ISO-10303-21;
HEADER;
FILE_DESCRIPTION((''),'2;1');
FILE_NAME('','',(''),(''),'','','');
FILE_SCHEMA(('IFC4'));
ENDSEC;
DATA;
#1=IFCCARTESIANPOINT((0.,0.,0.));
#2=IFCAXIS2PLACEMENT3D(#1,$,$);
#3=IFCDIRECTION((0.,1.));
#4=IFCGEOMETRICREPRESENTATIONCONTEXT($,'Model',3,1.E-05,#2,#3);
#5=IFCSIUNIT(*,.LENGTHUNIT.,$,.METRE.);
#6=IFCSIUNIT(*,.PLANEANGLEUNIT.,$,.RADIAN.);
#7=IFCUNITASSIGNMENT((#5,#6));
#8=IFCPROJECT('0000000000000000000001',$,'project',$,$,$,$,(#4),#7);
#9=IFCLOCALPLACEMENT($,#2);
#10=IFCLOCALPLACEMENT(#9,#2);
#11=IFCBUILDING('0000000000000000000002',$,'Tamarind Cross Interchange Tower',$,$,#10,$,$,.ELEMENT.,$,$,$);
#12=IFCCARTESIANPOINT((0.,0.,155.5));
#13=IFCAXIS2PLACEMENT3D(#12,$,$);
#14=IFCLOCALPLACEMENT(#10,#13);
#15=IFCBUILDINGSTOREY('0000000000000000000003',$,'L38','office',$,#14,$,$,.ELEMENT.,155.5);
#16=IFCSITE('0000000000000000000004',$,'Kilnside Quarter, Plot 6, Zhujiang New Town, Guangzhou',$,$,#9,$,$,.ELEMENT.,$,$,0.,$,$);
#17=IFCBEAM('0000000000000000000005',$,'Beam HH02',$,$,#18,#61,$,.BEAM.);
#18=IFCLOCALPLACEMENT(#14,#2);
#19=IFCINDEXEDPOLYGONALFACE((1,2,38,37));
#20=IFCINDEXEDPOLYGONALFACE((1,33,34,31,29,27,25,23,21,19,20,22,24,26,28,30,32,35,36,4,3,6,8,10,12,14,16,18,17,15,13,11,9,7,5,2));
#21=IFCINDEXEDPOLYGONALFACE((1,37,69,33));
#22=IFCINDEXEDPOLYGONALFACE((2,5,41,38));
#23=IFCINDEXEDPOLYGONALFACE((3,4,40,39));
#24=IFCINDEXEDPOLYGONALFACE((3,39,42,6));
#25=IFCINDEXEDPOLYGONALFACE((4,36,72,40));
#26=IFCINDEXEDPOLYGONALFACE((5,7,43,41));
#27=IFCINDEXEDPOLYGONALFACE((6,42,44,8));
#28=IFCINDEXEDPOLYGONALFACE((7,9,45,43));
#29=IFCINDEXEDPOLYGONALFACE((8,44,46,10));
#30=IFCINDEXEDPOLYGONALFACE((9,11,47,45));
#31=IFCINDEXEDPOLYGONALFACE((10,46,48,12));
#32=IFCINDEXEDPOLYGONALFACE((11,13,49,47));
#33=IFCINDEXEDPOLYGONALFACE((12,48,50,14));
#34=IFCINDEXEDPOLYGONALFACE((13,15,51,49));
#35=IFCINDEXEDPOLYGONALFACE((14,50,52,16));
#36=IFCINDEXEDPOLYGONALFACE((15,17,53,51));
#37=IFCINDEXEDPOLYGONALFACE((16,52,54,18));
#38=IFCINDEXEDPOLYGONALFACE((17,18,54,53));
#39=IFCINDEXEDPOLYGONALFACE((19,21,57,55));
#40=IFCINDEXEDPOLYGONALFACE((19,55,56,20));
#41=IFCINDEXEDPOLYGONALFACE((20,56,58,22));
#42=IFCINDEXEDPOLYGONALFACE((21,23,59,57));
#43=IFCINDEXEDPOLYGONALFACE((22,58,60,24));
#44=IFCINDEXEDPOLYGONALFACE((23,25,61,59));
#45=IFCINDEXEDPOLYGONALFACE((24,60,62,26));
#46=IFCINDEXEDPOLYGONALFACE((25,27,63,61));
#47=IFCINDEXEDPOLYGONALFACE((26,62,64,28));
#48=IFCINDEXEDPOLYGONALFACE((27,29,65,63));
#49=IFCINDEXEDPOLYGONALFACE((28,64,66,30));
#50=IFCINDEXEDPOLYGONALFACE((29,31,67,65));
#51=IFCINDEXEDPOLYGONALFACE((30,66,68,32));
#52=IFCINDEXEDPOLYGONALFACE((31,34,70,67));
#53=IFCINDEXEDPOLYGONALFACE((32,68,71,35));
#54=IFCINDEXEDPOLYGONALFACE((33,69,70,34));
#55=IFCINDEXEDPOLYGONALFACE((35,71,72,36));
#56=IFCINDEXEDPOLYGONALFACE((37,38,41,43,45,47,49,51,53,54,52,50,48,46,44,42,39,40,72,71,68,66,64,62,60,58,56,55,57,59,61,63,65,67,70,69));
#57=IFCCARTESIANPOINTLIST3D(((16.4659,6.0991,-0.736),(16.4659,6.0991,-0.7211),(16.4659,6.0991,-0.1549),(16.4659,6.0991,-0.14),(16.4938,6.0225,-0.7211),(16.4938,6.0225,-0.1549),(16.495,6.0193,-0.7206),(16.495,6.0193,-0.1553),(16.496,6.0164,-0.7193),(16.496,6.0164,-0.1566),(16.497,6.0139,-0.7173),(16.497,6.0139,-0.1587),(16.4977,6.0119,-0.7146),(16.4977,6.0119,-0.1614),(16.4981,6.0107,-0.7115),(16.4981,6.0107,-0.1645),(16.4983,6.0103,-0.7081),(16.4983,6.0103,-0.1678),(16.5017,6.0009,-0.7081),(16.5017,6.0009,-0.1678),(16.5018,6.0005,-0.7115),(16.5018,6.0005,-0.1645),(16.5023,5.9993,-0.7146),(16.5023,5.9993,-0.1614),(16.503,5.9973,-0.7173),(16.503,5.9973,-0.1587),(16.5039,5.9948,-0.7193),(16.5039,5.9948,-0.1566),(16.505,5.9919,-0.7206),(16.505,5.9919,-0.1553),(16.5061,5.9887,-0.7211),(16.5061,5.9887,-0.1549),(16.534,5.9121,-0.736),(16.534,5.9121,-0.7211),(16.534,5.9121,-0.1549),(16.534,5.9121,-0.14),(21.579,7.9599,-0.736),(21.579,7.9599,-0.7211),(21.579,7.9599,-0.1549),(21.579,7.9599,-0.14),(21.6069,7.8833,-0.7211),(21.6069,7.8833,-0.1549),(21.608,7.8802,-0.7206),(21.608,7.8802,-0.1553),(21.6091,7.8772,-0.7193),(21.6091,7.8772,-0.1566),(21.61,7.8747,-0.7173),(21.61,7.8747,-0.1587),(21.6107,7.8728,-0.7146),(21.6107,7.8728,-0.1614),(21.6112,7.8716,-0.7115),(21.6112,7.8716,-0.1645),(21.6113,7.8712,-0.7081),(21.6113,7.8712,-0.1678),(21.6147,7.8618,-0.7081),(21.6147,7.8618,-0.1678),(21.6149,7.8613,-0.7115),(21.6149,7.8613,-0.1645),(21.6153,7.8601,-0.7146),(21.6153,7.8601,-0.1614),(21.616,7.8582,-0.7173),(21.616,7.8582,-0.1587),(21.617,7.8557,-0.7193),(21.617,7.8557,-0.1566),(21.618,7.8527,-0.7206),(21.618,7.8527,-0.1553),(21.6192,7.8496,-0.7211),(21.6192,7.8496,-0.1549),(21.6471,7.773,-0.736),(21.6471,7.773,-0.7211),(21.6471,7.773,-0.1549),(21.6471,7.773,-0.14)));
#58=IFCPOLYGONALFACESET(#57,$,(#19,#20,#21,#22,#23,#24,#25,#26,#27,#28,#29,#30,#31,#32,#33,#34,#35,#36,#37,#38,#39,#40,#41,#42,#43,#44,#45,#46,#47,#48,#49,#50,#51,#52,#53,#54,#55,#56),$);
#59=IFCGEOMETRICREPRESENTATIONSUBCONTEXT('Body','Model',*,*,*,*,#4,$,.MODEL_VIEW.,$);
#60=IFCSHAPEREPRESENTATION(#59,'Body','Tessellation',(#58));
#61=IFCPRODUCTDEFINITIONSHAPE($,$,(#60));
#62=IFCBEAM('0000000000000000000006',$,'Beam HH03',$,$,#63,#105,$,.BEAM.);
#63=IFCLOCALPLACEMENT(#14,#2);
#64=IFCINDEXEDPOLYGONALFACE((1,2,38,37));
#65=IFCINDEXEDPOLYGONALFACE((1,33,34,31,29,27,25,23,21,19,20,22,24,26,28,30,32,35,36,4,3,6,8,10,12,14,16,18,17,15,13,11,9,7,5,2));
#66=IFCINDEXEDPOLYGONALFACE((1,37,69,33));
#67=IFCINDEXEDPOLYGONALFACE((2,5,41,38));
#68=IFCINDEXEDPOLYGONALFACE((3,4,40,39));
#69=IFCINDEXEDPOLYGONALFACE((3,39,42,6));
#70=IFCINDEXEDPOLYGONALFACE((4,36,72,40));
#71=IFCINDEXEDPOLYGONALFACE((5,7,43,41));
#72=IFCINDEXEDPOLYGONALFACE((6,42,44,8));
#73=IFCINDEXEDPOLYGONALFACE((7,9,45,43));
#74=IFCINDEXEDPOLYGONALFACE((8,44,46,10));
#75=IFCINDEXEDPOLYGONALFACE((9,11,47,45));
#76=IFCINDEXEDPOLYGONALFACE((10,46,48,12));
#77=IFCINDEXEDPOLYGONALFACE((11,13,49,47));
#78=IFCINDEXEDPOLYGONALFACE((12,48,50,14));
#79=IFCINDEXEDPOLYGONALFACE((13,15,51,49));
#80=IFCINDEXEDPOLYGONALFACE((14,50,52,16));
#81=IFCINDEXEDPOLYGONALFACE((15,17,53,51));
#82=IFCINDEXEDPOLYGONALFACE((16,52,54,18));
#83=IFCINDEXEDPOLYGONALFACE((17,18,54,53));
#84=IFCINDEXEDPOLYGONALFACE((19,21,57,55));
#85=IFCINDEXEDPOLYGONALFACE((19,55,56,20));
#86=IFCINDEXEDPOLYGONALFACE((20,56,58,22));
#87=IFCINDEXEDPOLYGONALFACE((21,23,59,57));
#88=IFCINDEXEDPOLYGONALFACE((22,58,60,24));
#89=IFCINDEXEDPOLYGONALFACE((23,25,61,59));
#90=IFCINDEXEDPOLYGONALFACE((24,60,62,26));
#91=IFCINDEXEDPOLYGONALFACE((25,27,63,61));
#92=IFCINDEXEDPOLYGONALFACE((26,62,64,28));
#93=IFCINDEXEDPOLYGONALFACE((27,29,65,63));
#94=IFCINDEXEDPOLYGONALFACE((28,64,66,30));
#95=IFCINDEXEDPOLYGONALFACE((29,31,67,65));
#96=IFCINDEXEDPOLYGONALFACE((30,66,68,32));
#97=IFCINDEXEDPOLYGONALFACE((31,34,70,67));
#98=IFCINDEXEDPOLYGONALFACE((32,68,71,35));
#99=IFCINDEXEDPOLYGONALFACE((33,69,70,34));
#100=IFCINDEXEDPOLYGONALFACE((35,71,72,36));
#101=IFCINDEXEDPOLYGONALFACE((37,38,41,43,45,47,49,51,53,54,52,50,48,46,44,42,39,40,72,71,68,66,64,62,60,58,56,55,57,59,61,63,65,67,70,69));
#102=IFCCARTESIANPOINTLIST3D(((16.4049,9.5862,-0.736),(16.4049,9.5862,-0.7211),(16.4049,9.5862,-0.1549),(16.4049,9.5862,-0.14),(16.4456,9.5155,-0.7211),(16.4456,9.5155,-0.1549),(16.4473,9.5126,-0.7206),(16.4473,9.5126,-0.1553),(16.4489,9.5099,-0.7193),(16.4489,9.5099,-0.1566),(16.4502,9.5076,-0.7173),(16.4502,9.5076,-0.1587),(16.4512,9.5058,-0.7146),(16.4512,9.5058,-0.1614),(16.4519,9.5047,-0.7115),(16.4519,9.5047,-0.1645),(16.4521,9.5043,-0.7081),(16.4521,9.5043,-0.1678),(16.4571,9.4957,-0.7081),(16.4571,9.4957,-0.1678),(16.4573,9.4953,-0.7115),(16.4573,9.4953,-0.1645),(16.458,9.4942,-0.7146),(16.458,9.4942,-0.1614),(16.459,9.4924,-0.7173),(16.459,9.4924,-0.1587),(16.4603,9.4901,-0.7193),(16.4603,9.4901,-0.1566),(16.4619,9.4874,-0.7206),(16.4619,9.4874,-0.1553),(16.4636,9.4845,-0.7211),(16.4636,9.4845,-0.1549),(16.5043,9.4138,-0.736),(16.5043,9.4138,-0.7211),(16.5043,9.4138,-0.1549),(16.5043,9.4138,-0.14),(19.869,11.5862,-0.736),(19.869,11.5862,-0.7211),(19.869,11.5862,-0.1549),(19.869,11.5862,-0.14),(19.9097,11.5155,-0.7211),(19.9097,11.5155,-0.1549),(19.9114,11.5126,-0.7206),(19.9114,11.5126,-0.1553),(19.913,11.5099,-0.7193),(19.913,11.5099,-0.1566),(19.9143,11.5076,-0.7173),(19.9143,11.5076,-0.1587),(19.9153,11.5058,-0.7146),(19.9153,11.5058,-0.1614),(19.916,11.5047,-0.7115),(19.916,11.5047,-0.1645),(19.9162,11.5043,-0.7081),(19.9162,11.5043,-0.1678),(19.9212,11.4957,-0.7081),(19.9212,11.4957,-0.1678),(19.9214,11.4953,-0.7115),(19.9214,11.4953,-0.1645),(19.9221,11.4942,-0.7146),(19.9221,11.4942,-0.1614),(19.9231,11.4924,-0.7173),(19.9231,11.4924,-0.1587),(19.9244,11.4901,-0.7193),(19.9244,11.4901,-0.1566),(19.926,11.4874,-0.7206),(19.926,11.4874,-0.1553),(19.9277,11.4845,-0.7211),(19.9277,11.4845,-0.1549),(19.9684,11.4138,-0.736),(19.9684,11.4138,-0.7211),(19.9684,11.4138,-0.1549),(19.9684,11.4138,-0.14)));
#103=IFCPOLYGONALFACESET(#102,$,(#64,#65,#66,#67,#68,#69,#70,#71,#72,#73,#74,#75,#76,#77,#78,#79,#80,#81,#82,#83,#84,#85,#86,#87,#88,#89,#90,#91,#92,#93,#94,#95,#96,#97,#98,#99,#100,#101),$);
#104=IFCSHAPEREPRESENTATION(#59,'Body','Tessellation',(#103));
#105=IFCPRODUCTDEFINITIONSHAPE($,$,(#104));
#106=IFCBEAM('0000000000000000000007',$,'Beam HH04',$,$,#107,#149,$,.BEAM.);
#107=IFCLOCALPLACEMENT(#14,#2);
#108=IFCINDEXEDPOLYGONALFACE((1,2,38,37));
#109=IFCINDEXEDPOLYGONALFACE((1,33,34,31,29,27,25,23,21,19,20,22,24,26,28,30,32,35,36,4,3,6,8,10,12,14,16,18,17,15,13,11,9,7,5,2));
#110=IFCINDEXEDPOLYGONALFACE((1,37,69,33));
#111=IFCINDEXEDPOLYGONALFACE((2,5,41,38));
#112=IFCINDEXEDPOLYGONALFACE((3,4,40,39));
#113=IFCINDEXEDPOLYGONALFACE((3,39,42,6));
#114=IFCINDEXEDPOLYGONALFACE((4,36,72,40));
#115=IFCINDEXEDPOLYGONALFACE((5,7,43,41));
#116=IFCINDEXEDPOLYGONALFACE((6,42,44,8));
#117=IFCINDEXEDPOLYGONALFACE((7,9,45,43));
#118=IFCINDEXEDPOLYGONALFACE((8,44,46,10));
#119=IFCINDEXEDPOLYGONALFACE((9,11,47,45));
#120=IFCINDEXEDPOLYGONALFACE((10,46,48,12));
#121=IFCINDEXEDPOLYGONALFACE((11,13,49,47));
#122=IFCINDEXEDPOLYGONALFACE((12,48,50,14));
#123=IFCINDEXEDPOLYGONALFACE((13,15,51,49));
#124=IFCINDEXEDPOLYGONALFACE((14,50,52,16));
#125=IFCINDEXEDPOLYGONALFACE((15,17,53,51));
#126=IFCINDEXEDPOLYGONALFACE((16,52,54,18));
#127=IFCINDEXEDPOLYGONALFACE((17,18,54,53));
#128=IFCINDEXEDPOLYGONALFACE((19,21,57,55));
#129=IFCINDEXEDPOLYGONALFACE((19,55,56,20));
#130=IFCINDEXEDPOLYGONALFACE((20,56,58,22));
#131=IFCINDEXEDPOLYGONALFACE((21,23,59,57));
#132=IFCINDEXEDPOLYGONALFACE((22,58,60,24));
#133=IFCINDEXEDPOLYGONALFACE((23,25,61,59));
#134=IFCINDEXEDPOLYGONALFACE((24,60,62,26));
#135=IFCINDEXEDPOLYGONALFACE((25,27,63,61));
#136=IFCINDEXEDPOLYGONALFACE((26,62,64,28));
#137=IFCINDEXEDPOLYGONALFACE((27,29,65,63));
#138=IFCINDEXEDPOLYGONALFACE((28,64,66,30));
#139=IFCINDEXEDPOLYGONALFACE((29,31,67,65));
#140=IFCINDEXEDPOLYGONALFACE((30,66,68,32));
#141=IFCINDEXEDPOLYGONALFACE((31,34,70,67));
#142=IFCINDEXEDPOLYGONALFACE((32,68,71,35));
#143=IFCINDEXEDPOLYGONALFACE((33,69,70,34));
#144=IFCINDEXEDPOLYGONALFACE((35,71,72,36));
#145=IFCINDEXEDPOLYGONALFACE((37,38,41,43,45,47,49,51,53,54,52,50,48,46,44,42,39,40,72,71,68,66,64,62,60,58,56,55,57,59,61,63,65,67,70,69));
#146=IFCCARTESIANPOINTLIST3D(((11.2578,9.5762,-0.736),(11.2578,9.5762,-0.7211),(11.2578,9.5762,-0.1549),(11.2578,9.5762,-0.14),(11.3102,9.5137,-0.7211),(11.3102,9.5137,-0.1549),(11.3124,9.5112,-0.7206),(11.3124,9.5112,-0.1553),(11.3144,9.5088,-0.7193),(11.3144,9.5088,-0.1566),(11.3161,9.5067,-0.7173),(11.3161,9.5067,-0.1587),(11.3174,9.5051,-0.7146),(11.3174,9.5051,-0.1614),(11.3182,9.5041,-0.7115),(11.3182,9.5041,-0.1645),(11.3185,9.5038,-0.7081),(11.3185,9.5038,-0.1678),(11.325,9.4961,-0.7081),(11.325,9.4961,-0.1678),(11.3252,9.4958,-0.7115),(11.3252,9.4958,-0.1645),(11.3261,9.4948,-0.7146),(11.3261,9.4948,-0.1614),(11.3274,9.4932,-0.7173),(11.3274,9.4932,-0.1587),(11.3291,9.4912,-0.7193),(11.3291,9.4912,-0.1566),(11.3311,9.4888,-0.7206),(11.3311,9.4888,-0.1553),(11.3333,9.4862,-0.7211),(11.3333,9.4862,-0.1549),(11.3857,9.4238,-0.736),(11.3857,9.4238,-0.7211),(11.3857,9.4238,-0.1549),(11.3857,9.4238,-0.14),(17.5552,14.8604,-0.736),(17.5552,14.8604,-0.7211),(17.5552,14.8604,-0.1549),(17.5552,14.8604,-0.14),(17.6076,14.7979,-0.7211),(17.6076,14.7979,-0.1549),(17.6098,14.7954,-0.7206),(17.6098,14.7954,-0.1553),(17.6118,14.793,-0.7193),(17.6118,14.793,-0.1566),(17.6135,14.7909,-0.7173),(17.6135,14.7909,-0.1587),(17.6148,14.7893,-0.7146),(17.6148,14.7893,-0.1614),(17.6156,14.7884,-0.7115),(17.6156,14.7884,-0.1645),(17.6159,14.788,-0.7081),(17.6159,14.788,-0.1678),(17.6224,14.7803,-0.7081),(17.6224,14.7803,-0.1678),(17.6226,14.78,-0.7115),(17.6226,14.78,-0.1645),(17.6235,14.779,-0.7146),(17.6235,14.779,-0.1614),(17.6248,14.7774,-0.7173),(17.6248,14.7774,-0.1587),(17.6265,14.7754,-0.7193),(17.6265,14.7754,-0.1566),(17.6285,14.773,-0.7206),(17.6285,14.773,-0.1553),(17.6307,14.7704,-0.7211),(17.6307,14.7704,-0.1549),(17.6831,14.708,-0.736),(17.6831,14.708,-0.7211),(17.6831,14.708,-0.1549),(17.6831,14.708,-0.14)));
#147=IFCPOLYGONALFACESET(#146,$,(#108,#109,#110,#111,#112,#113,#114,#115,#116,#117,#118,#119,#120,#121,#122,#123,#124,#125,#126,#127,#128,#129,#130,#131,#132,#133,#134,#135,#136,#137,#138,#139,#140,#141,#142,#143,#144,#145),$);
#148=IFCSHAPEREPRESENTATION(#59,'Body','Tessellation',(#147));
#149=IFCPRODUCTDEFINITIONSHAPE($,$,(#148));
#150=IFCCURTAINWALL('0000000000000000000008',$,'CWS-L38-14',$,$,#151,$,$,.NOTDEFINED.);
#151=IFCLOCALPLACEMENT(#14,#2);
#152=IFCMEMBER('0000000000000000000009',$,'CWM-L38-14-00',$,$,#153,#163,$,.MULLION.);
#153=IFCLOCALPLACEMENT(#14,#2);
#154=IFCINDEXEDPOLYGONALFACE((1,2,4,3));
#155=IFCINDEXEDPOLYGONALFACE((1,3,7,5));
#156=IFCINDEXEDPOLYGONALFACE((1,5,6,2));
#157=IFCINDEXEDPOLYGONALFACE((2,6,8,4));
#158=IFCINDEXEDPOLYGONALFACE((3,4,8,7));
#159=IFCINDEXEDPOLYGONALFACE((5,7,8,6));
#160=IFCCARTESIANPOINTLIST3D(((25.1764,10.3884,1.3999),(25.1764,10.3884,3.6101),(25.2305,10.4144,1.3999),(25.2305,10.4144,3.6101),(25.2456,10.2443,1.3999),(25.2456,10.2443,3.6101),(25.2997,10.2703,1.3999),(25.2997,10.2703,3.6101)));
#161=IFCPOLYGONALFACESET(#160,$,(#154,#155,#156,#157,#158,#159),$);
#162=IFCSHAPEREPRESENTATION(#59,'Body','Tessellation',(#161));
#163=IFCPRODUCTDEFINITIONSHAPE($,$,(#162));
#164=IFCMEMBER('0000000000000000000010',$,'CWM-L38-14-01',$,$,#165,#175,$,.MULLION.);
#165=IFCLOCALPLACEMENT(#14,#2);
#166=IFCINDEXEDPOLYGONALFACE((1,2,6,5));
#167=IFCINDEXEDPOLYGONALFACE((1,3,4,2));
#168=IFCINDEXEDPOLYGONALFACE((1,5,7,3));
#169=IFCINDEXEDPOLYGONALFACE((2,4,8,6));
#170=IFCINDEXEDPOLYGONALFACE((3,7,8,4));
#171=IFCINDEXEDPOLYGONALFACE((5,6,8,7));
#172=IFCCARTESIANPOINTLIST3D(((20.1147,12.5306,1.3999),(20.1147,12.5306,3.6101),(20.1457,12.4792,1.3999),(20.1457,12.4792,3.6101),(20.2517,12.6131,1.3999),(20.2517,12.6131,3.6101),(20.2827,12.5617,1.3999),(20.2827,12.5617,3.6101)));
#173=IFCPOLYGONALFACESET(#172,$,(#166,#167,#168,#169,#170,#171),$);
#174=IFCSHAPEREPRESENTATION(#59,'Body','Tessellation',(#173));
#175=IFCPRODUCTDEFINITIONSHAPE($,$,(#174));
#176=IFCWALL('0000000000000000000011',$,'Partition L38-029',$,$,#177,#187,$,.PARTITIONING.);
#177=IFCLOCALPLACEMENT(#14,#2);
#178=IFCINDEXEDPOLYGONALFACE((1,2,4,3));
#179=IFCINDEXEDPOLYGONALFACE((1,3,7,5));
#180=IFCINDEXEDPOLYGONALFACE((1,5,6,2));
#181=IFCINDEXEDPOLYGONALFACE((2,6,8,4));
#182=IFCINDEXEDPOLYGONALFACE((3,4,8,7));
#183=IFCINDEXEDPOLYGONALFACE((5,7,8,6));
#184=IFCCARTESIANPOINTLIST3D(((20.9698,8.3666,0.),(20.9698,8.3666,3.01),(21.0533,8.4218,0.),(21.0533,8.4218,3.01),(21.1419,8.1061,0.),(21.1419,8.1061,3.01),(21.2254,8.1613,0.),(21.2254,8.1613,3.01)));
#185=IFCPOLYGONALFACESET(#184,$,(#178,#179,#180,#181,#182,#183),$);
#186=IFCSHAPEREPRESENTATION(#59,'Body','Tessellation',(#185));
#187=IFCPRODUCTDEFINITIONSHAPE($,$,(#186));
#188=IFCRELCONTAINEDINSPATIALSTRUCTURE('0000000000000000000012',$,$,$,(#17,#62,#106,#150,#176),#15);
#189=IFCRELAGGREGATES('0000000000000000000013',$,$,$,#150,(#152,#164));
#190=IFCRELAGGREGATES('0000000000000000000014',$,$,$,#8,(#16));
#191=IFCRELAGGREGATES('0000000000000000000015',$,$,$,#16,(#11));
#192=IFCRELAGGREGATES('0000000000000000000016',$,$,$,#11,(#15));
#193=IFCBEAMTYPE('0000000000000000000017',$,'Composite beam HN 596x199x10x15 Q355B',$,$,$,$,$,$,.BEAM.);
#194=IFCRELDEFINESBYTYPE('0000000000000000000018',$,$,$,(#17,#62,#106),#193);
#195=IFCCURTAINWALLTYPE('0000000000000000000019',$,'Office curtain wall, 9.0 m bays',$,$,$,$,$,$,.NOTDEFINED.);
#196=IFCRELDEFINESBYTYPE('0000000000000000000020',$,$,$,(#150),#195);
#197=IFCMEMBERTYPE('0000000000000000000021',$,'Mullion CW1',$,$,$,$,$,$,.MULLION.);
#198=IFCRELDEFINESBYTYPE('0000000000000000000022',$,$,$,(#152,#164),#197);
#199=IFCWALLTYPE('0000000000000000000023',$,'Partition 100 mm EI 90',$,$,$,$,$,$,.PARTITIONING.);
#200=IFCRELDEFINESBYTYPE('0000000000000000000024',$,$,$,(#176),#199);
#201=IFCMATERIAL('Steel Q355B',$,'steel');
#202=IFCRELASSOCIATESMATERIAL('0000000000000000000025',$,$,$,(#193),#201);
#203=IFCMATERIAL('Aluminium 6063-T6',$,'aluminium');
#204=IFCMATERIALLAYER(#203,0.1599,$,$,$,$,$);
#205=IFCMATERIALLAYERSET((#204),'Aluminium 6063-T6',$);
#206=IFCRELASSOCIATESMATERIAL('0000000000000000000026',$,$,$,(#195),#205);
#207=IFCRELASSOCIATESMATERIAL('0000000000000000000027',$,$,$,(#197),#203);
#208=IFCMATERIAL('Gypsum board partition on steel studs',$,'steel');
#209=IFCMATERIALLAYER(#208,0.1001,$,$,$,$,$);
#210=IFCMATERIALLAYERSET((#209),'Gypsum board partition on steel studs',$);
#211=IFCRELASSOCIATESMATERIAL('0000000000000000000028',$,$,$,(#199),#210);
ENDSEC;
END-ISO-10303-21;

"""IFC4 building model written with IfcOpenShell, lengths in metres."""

from ifc_helpers import new_model, si_unit, direction, frame, frame_2d, origin, origin_2d, place, context, subcontext, project, spatial, rectangle, i_section, extrude, material, layer, layer_set, material_profile, profile_set, type_object, element, aggregate, save


model = new_model("IFC4")

# Units and contexts
model_context = context("Model", 3, precision=1e-05, world=origin(), true_north=direction((0.0, 1.0)))
body_context = subcontext(model_context, "Body", "Model", "MODEL_VIEW")
ifc_project = project(units=[si_unit("LENGTHUNIT", "METRE"), si_unit("PLANEANGLEUNIT", "RADIAN")], contexts=[model_context])

# Site, building, storey
site_placement = place(None, origin())
site = spatial("IfcSite", under=ifc_project, at=site_placement, Name="Kilnside Quarter, Plot 6, Zhujiang New Town, Guangzhou", CompositionType="ELEMENT", RefElevation=0.0)
building_placement = place(site_placement, origin())
building = spatial("IfcBuilding", under=site, at=building_placement, Name="Tamarind Cross Interchange Tower", CompositionType="ELEMENT")
storey_placement = place(building_placement, frame((0.0, 0.0, 155.5)))
storey = spatial("IfcBuildingStorey", under=building, at=storey_placement, Name="L38", Description="office", CompositionType="ELEMENT", Elevation=155.5)

# Beams
ifc_material_1 = material(Name="Steel Q355B", Category="steel")
ifc_material_profile_1 = material_profile(ifc_material_1, i_section(OverallWidth=0.199, OverallDepth=0.5959, WebThickness=0.01, FlangeThickness=0.0149, FilletRadius=0.0129, at=origin_2d()), Name="HN 596x199x10x15")
ifc_profile_set_1 = profile_set([ifc_material_profile_1], Name="Steel Q355B")
beam_type_1 = type_object("IfcBeamType", Name="Composite beam HN 596x199x10x15 Q355B", PredefinedType="BEAM", material=ifc_profile_set_1)
beam_1_placement = place(storey_placement, frame((21.613, 7.8665, -0.438), z_axis=(-0.939702, -0.341995, 0.0), x_axis=(0.341995, -0.939702, 0.0)))
element("IfcBeam", 1, at=beam_1_placement, inside=storey, type_object=beam_type_1, Name="Beam HH02", PredefinedType="BEAM", context=body_context, shape_type="SweptSolid", body=[
    extrude(i_section(OverallWidth=0.199, OverallDepth=0.5959, WebThickness=0.01, FlangeThickness=0.0149, FilletRadius=0.0129, at=origin_2d()), origin(), (0.0, 0.0, 1.0), 5.4412),
])
beam_2_placement = place(storey_placement, frame((19.9187, 11.5, -0.438), z_axis=(-0.866026, -0.499999, 0.0), x_axis=(0.499999, -0.866026, 0.0)))
element("IfcBeam", 2, at=beam_2_placement, inside=storey, type_object=beam_type_1, Name="Beam HH03", PredefinedType="BEAM", context=body_context, shape_type="SweptSolid", body=[
    extrude(i_section(OverallWidth=0.199, OverallDepth=0.5959, WebThickness=0.01, FlangeThickness=0.0149, FilletRadius=0.0129, at=origin_2d()), origin(), (0.0, 0.0, 1.0), 4.0),
])
beam_3_placement = place(storey_placement, frame((17.6191, 14.7842, -0.438), z_axis=(-0.766041, -0.642792, 0.0), x_axis=(0.642792, -0.766041, 0.0)))
element("IfcBeam", 3, at=beam_3_placement, inside=storey, type_object=beam_type_1, Name="Beam HH04", PredefinedType="BEAM", context=body_context, shape_type="SweptSolid", body=[
    extrude(i_section(OverallWidth=0.199, OverallDepth=0.5959, WebThickness=0.01, FlangeThickness=0.0149, FilletRadius=0.0129, at=origin_2d()), origin(), (0.0, 0.0, 1.0), 8.2207),
])

# Curtain wall, members
ifc_material_2 = material(Name="Aluminium 6063-T6", Category="aluminium")
ifc_layer_1 = layer(ifc_material_2, 0.1599)
ifc_layer_set_1 = layer_set([ifc_layer_1], Name="Aluminium 6063-T6")
curtain_wall_type = type_object("IfcCurtainWallType", Name="Office curtain wall, 9.0 m bays", PredefinedType="NOTDEFINED", material=ifc_layer_set_1)
curtain_wall_placement = place(storey_placement, origin())
curtain_wall = element("IfcCurtainWall", 4, at=curtain_wall_placement, inside=storey, type_object=curtain_wall_type, Name="CWS-L38-14", PredefinedType="NOTDEFINED")
ifc_material_profile_2 = material_profile(ifc_material_2, rectangle(XDim=0.0601, YDim=0.1599, at=origin_2d()), Name="Mullion CW1")
ifc_profile_set_2 = profile_set([ifc_material_profile_2], Name="Aluminium 6063-T6")
member_type = type_object("IfcMemberType", Name="Mullion CW1", PredefinedType="MULLION", material=ifc_profile_set_2)
member_1_placement = place(storey_placement, frame((25.238, 10.3293, 1.3999), z_axis=(0.0, 0.0, 1.0), x_axis=(-0.901424, -0.432938, 0.0)))
member_1 = element("IfcMember", 5, at=member_1_placement, type_object=member_type, Name="CWM-L38-14-00", PredefinedType="MULLION", context=body_context, shape_type="SweptSolid", body=[
    extrude(rectangle(XDim=0.0601, YDim=0.1599, at=origin_2d()), origin(), (0.0, 0.0, 1.0), 2.2102),
])
member_2_placement = place(storey_placement, frame((20.1987, 12.5461, 1.3999), z_axis=(0.0, 0.0, 1.0), x_axis=(-0.51587, 0.856667, 0.0)))
member_2 = element("IfcMember", 6, at=member_2_placement, type_object=member_type, Name="CWM-L38-14-01", PredefinedType="MULLION", context=body_context, shape_type="SweptSolid", body=[
    extrude(rectangle(XDim=0.0601, YDim=0.1599, at=origin_2d()), origin(), (0.0, 0.0, 1.0), 2.2102),
])
aggregate(curtain_wall, [member_1, member_2])

# Wall
ifc_material_3 = material(Name="Gypsum board partition on steel studs", Category="steel")
ifc_layer_2 = layer(ifc_material_3, 0.1001)
ifc_layer_set_2 = layer_set([ifc_layer_2], Name="Gypsum board partition on steel studs")
wall_type_1 = type_object("IfcWallType", Name="Partition 100 mm EI 90", PredefinedType="PARTITIONING", material=ifc_layer_set_2)
wall_1_placement = place(storey_placement, frame((21.0115, 8.3943, 0.0), z_axis=(0.0, 0.0, 1.0), x_axis=(0.551267, -0.834329, 0.0)))
element("IfcWall", 7, at=wall_1_placement, inside=storey, type_object=wall_type_1, Name="Partition L38-029", PredefinedType="PARTITIONING", context=body_context, shape_type="SweptSolid", body=[
    extrude(rectangle(XDim=0.3123, YDim=0.1001, at=frame_2d((0.1562, 0.0))), origin(), (0.0, 0.0, 1.0), 3.01),
])

save(model, "model.ifc")
